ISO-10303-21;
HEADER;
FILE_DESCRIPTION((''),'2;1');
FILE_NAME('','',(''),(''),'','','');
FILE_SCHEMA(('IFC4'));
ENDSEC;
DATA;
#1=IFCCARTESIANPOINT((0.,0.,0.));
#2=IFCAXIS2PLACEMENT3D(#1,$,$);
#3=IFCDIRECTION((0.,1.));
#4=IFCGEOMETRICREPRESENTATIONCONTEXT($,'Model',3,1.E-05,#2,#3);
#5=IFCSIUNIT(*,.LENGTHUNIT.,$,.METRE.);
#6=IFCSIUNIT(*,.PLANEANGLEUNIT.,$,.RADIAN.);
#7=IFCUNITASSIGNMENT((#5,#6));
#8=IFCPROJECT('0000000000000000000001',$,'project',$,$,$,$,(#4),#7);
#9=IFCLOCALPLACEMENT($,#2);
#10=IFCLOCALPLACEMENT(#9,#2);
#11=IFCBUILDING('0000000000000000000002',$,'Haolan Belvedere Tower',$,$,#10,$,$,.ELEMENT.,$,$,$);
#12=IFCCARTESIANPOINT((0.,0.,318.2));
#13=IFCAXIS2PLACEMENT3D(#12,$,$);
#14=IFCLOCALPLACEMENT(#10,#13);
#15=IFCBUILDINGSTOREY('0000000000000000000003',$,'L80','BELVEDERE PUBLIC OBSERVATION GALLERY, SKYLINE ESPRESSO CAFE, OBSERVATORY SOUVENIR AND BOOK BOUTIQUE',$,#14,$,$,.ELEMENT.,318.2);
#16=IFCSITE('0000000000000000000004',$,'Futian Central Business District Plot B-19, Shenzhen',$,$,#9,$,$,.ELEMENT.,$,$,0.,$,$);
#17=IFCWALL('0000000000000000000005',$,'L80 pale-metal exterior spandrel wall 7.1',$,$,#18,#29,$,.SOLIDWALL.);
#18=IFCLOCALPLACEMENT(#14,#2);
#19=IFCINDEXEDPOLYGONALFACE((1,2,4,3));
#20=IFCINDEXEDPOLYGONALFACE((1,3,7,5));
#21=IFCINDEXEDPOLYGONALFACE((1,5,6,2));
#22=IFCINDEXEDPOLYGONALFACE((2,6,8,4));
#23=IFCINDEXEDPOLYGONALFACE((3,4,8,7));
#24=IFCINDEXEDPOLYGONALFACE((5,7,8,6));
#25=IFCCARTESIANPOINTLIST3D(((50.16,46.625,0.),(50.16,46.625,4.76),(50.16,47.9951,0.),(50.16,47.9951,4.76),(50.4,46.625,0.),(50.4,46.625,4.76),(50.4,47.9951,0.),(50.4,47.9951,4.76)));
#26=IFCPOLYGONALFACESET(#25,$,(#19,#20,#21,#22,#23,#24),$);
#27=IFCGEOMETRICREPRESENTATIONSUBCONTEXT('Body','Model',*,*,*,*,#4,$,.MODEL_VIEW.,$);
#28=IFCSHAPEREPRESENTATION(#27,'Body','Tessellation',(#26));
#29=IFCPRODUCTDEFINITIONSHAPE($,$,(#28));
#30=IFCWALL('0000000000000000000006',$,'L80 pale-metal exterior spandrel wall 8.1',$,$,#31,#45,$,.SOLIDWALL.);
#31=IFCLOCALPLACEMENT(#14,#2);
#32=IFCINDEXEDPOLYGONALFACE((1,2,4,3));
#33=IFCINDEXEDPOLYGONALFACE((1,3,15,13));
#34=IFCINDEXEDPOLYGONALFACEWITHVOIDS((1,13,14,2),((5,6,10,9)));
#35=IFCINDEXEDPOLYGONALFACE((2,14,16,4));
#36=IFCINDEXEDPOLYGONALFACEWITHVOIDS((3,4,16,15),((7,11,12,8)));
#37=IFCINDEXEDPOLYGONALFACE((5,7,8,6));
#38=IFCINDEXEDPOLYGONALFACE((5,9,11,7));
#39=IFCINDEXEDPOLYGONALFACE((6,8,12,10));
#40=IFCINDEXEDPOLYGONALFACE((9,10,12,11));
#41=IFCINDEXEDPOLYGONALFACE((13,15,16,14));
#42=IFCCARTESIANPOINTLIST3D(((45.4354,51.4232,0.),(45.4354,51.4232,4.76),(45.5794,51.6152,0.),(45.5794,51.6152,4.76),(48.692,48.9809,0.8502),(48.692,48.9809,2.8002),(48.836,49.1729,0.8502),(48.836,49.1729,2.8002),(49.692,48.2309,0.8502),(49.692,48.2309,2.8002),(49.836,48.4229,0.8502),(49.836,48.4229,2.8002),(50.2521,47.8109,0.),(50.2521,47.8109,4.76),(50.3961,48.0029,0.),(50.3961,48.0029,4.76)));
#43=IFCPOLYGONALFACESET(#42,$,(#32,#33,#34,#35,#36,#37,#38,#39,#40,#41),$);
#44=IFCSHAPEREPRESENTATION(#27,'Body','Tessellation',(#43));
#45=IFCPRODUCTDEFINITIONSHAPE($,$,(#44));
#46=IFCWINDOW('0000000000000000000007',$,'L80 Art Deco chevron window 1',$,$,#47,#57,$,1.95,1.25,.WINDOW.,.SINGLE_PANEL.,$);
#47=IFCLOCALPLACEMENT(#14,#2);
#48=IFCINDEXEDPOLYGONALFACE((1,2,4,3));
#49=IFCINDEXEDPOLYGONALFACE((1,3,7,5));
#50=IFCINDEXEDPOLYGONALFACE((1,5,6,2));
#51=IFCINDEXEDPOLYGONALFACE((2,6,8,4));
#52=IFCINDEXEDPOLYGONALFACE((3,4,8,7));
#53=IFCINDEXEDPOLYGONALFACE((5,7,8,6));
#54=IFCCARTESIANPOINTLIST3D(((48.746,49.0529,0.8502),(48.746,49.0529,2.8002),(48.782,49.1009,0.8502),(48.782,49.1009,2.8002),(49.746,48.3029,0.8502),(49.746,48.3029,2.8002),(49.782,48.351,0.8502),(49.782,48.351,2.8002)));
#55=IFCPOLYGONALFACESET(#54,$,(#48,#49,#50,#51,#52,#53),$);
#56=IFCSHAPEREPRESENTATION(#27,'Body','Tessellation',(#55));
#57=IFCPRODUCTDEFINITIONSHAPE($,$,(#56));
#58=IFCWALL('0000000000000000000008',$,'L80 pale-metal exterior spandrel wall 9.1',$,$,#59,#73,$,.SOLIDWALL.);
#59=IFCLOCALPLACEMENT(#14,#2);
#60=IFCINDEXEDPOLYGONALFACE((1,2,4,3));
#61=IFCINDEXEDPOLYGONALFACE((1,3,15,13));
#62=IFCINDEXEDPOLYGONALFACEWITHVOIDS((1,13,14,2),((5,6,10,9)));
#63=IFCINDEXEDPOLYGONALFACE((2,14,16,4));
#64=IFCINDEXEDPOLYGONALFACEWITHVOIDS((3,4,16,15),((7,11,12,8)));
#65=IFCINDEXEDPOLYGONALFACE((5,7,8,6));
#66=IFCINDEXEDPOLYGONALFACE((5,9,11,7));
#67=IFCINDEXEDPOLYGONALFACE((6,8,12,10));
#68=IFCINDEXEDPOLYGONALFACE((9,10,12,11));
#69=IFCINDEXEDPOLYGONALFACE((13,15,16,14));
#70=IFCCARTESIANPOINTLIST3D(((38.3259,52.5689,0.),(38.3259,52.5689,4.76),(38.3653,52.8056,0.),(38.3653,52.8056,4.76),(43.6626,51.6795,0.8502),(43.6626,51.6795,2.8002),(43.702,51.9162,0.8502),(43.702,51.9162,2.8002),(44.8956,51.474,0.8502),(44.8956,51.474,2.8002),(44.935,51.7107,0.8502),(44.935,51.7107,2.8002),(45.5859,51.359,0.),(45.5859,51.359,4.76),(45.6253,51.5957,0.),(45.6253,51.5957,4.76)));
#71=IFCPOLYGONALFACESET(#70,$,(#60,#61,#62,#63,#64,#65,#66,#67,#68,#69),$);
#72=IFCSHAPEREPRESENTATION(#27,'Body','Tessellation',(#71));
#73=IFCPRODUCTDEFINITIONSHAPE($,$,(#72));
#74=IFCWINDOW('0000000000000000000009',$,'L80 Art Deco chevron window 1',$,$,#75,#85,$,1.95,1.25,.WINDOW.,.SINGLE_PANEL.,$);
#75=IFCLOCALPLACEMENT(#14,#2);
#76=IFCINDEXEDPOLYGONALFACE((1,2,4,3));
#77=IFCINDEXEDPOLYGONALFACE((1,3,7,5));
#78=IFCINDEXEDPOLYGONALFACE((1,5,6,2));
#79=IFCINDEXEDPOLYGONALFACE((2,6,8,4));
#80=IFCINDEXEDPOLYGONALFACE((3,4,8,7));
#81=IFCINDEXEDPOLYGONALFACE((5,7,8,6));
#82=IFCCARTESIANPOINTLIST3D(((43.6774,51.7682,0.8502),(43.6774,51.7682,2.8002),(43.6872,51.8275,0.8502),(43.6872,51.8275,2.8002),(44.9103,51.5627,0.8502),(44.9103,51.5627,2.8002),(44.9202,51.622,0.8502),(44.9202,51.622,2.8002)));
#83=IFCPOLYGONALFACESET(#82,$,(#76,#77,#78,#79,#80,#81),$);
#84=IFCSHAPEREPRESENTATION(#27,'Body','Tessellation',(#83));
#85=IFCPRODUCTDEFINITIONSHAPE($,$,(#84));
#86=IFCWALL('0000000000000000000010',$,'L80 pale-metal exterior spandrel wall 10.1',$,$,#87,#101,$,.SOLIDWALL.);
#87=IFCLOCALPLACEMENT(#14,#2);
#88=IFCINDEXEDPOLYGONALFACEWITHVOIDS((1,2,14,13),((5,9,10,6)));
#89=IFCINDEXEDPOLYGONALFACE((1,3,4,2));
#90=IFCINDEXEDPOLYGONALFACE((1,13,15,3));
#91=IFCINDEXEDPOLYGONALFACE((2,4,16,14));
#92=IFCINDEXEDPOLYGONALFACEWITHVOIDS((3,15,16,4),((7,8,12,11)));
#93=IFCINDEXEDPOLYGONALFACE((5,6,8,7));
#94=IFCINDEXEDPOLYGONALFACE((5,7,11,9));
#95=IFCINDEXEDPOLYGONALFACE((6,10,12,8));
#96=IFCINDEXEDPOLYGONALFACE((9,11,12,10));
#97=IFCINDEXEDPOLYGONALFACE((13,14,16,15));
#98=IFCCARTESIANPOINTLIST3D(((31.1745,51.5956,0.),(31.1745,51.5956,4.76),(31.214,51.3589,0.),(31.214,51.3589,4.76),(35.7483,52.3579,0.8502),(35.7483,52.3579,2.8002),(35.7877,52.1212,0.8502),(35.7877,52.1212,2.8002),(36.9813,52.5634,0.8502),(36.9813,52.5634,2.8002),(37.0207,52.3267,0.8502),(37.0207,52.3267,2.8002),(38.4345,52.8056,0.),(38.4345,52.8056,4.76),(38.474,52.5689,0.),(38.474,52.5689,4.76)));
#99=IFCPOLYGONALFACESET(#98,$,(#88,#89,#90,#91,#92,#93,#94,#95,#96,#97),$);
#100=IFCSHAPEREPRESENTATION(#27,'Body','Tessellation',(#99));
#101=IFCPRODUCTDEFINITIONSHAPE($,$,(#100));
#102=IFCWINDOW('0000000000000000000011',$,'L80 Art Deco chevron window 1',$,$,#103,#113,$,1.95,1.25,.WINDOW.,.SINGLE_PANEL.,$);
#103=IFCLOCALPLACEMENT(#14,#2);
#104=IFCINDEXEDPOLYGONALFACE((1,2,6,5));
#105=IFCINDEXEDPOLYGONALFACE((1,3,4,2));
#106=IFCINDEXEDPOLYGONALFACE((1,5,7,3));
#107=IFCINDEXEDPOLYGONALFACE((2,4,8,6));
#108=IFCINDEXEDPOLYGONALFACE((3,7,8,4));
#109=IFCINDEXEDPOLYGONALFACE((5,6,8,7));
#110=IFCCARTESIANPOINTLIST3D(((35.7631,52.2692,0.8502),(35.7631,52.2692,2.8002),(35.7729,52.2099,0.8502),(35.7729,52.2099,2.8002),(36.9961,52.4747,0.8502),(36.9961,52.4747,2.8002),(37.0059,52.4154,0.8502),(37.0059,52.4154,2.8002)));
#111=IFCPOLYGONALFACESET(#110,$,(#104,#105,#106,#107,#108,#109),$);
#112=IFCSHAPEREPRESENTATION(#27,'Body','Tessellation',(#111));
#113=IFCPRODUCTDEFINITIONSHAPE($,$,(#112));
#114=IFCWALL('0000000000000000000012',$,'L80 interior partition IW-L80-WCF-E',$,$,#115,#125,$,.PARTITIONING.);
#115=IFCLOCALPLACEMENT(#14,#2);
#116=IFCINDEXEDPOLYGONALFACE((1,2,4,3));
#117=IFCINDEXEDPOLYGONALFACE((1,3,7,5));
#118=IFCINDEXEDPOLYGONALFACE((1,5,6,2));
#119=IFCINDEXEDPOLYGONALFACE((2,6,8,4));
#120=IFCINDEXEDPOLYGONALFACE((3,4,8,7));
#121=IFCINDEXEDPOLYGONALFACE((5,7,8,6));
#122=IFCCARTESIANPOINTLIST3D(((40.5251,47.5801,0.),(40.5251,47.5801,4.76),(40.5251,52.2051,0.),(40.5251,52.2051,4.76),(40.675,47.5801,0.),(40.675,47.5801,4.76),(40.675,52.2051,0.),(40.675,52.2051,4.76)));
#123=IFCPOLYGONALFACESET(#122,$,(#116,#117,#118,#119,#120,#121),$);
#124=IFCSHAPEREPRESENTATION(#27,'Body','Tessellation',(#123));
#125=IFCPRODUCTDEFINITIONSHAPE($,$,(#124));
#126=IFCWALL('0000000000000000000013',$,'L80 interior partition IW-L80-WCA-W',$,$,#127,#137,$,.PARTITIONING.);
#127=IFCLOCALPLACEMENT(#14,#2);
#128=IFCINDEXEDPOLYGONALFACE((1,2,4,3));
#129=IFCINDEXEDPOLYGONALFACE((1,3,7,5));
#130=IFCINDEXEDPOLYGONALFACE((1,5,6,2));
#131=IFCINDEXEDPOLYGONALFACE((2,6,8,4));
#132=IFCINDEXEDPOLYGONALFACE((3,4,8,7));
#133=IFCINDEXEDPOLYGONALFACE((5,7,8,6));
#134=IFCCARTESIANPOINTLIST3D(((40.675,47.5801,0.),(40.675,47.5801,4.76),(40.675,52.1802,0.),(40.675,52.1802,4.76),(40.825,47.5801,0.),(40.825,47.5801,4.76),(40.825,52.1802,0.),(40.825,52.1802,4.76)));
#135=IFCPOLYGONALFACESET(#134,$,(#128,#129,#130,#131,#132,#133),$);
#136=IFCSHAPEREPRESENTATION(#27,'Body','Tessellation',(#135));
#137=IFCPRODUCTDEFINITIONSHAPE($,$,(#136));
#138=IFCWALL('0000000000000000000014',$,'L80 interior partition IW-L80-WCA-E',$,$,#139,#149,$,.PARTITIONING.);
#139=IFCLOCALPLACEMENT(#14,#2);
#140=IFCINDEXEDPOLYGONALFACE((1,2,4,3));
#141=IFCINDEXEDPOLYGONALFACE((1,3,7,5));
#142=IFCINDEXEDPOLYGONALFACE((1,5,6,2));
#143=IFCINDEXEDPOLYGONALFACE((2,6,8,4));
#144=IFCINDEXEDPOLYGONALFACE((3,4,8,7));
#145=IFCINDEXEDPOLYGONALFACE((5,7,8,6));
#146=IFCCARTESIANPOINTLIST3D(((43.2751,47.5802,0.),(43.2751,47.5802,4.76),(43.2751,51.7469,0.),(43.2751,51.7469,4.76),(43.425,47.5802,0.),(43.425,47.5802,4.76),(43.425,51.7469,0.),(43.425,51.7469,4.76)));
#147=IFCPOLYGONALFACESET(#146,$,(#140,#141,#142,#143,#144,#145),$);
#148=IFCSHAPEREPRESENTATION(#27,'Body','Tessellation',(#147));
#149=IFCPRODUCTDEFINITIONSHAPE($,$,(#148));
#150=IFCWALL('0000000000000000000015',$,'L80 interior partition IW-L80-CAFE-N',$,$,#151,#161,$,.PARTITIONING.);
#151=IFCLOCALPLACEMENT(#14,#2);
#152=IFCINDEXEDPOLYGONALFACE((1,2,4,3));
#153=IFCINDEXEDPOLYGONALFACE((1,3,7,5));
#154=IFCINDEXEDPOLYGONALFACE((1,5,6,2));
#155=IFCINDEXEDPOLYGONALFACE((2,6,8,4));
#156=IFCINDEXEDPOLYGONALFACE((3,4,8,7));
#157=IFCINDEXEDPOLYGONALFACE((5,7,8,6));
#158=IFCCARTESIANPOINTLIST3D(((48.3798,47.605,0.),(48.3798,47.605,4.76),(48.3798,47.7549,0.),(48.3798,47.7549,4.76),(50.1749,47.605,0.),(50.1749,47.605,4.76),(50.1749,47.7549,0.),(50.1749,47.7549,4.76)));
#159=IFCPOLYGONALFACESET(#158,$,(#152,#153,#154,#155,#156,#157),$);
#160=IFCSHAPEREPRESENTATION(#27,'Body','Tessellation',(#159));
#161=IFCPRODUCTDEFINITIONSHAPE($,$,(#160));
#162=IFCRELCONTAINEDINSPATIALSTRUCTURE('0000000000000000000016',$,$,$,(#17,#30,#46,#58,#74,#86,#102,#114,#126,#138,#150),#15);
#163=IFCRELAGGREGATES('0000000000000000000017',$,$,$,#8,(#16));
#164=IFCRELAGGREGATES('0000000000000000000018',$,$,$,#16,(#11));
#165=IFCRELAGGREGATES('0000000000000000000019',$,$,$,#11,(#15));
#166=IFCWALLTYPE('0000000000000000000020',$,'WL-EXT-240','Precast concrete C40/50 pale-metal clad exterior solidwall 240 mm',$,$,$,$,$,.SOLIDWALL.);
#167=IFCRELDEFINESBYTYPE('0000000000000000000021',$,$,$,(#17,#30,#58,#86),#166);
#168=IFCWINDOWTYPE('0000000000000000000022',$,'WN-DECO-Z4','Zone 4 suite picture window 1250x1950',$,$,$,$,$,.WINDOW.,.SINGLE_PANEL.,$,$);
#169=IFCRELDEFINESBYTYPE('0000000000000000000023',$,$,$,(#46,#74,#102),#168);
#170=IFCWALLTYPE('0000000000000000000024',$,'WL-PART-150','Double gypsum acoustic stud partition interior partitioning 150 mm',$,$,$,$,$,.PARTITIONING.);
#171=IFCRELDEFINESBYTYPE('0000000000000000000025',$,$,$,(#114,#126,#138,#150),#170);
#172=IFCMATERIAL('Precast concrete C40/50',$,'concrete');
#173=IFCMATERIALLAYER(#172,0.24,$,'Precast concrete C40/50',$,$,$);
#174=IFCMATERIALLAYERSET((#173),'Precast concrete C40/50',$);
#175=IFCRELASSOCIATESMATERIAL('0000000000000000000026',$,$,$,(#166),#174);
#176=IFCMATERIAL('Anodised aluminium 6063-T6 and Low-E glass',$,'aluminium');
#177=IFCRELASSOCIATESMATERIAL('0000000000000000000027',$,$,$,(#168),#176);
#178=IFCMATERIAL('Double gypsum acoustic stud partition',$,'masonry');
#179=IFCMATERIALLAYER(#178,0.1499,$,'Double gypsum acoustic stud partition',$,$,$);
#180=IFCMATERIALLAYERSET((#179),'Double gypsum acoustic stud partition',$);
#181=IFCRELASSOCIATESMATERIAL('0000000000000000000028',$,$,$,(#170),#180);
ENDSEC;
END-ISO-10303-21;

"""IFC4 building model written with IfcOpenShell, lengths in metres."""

from ifc_helpers import new_model, si_unit, direction, frame, frame_2d, origin, place, context, subcontext, project, spatial, rectangle, extrude, material, layer, layer_set, type_object, element, fill, save


model = new_model("IFC4")

# Units and contexts
model_context = context("Model", 3, precision=1e-05, world=origin(), true_north=direction((0.0, 1.0)))
body_context = subcontext(model_context, "Body", "Model", "MODEL_VIEW")
ifc_project = project(units=[si_unit("LENGTHUNIT", "METRE"), si_unit("PLANEANGLEUNIT", "RADIAN")], contexts=[model_context])

# Site, building, storey
site_placement = place(None, origin())
site = spatial("IfcSite", under=ifc_project, at=site_placement, Name="Futian Central Business District Plot B-19, Shenzhen", CompositionType="ELEMENT", RefElevation=0.0)
building_placement = place(site_placement, origin())
building = spatial("IfcBuilding", under=site, at=building_placement, Name="Haolan Belvedere Tower", CompositionType="ELEMENT")
storey_placement = place(building_placement, frame((0.0, 0.0, 318.2)))
storey = spatial("IfcBuildingStorey", under=building, at=storey_placement, Name="L80", Description="BELVEDERE PUBLIC OBSERVATION GALLERY, SKYLINE ESPRESSO CAFE, OBSERVATORY SOUVENIR AND BOOK BOUTIQUE", CompositionType="ELEMENT", Elevation=318.2)

# Wall
ifc_material_1 = material(Name="Precast concrete C40/50", Category="concrete")
ifc_layer_1 = layer(ifc_material_1, 0.24, Name="Precast concrete C40/50")
ifc_layer_set_1 = layer_set([ifc_layer_1], Name="Precast concrete C40/50")
wall_type_1 = type_object("IfcWallType", Name="WL-EXT-240", Description="Precast concrete C40/50 pale-metal clad exterior solidwall 240 mm", PredefinedType="SOLIDWALL", material=ifc_layer_set_1)
wall_1_placement = place(storey_placement, frame((50.28, 46.625, 0.0), z_axis=(0.0, 0.0, 1.0), x_axis=(0.0, 1.0, 0.0)))
element("IfcWall", 1, at=wall_1_placement, inside=storey, type_object=wall_type_1, Name="L80 pale-metal exterior spandrel wall 7.1", PredefinedType="SOLIDWALL", context=body_context, shape_type="SweptSolid", body=[
    extrude(rectangle(XDim=1.3701, YDim=0.24, at=frame_2d((0.6851, 0.0))), origin(), (0.0, 0.0, 1.0), 4.76),
])

# Walls, openings, windows
wall_2_placement = place(storey_placement, frame((50.324, 47.907, 0.0), z_axis=(0.0, 0.0, 1.0), x_axis=(-0.800015, 0.599981, 0.0)))
wall_2 = element("IfcWall", 2, at=wall_2_placement, inside=storey, type_object=wall_type_1, Name="L80 pale-metal exterior spandrel wall 8.1", PredefinedType="SOLIDWALL", context=body_context, shape_type="SweptSolid", body=[
    extrude(rectangle(XDim=6.0208, YDim=0.24, at=frame_2d((3.0103, 0.0))), origin(), (0.0, 0.0, 1.0), 4.76),
])
opening_1_placement = place(wall_2_placement, frame((0.7, 0.0, 0.8501)))
opening_1 = element("IfcOpeningElement", 3, at=opening_1_placement, cuts=wall_2, PredefinedType="OPENING", context=body_context, shape_type="SweptSolid", body=[
    extrude(rectangle(XDim=1.25, YDim=1.95, at=frame_2d((0.625, 0.9751))), frame((0.0, 0.1299, 0.0), z_axis=(0.0, -1.0, 0.0), x_axis=(1.0, 0.0, 0.0)), (0.0, 0.0, 1.0), 0.26),
])
ifc_material_2 = material(Name="Anodised aluminium 6063-T6 and Low-E glass", Category="aluminium")
window_type = type_object("IfcWindowType", Name="WN-DECO-Z4", Description="Zone 4 suite picture window 1250x1950", PartitioningType="SINGLE_PANEL", PredefinedType="WINDOW", material=ifc_material_2)
window_1_placement = place(opening_1_placement, origin())
window_1 = element("IfcWindow", 4, at=window_1_placement, inside=storey, type_object=window_type, Name="L80 Art Deco chevron window 1", OverallHeight=1.95, OverallWidth=1.25, PartitioningType="SINGLE_PANEL", PredefinedType="WINDOW", context=body_context, shape_type="SweptSolid", body=[
    extrude(rectangle(XDim=1.25, YDim=1.95, at=frame_2d((0.625, 0.9751))), frame((0.0, 0.03, 0.0), z_axis=(0.0, -1.0, 0.0), x_axis=(1.0, 0.0, 0.0)), (0.0, 0.0, 1.0), 0.0601),
])
fill(opening_1, window_1)
wall_3_placement = place(storey_placement, frame((45.6057, 51.4773, 0.0), z_axis=(0.0, 0.0, 1.0), x_axis=(-0.986395, 0.164394, 0.0)))
wall_3 = element("IfcWall", 5, at=wall_3_placement, inside=storey, type_object=wall_type_1, Name="L80 pale-metal exterior spandrel wall 9.1", PredefinedType="SOLIDWALL", context=body_context, shape_type="SweptSolid", body=[
    extrude(rectangle(XDim=7.3601, YDim=0.24, at=frame_2d((3.6802, 0.0))), origin(), (0.0, 0.0, 1.0), 4.76),
])
opening_2_placement = place(wall_3_placement, frame((0.7, 0.0, 0.8501)))
opening_2 = element("IfcOpeningElement", 6, at=opening_2_placement, cuts=wall_3, PredefinedType="OPENING", context=body_context, shape_type="SweptSolid", body=[
    extrude(rectangle(XDim=1.25, YDim=1.95, at=frame_2d((0.625, 0.9751))), frame((0.0, 0.1299, 0.0), z_axis=(0.0, -1.0, 0.0), x_axis=(1.0, 0.0, 0.0)), (0.0, 0.0, 1.0), 0.26),
])
window_2_placement = place(opening_2_placement, origin())
window_2 = element("IfcWindow", 7, at=window_2_placement, inside=storey, type_object=window_type, Name="L80 Art Deco chevron window 1", OverallHeight=1.95, OverallWidth=1.25, PartitioningType="SINGLE_PANEL", PredefinedType="WINDOW", context=body_context, shape_type="SweptSolid", body=[
    extrude(rectangle(XDim=1.25, YDim=1.95, at=frame_2d((0.625, 0.9751))), frame((0.0, 0.03, 0.0), z_axis=(0.0, -1.0, 0.0), x_axis=(1.0, 0.0, 0.0)), (0.0, 0.0, 1.0), 0.0601),
])
fill(opening_2, window_2)
wall_4_placement = place(storey_placement, frame((38.4543, 52.6873, 0.0), z_axis=(0.0, 0.0, 1.0), x_axis=(-0.986395, -0.164394, 0.0)))
wall_4 = element("IfcWall", 8, at=wall_4_placement, inside=storey, type_object=wall_type_1, Name="L80 pale-metal exterior spandrel wall 10.1", PredefinedType="SOLIDWALL", context=body_context, shape_type="SweptSolid", body=[
    extrude(rectangle(XDim=7.3601, YDim=0.24, at=frame_2d((3.6802, 0.0))), origin(), (0.0, 0.0, 1.0), 4.76),
])
opening_3_placement = place(wall_4_placement, frame((1.4734, 0.0, 0.8501)))
opening_3 = element("IfcOpeningElement", 9, at=opening_3_placement, cuts=wall_4, PredefinedType="OPENING", context=body_context, shape_type="SweptSolid", body=[
    extrude(rectangle(XDim=1.25, YDim=1.95, at=frame_2d((0.625, 0.9751))), frame((0.0, 0.1299, 0.0), z_axis=(0.0, -1.0, 0.0), x_axis=(1.0, 0.0, 0.0)), (0.0, 0.0, 1.0), 0.26),
])
window_3_placement = place(opening_3_placement, origin())
window_3 = element("IfcWindow", 10, at=window_3_placement, inside=storey, type_object=window_type, Name="L80 Art Deco chevron window 1", OverallHeight=1.95, OverallWidth=1.25, PartitioningType="SINGLE_PANEL", PredefinedType="WINDOW", context=body_context, shape_type="SweptSolid", body=[
    extrude(rectangle(XDim=1.25, YDim=1.95, at=frame_2d((0.625, 0.9751))), frame((0.0, 0.03, 0.0), z_axis=(0.0, -1.0, 0.0), x_axis=(1.0, 0.0, 0.0)), (0.0, 0.0, 1.0), 0.0601),
])
fill(opening_3, window_3)

# Wall
ifc_material_3 = material(Name="Double gypsum acoustic stud partition", Category="masonry")
ifc_layer_2 = layer(ifc_material_3, 0.1499, Name="Double gypsum acoustic stud partition")
ifc_layer_set_2 = layer_set([ifc_layer_2], Name="Double gypsum acoustic stud partition")
wall_type_2 = type_object("IfcWallType", Name="WL-PART-150", Description="Double gypsum acoustic stud partition interior partitioning 150 mm", PredefinedType="PARTITIONING", material=ifc_layer_set_2)
wall_5_placement = place(storey_placement, frame((40.6001, 47.5801, 0.0), z_axis=(0.0, 0.0, 1.0), x_axis=(0.0, 1.0, 0.0)))
element("IfcWall", 11, at=wall_5_placement, inside=storey, type_object=wall_type_2, Name="L80 interior partition IW-L80-WCF-E", PredefinedType="PARTITIONING", context=body_context, shape_type="SweptSolid", body=[
    extrude(rectangle(XDim=4.625, YDim=0.1499, at=frame_2d((2.3125, 0.0))), origin(), (0.0, 0.0, 1.0), 4.76),
])

# Walls
wall_6_placement = place(storey_placement, frame((40.75, 47.5801, 0.0), z_axis=(0.0, 0.0, 1.0), x_axis=(0.0, 1.0, 0.0)))
element("IfcWall", 12, at=wall_6_placement, inside=storey, type_object=wall_type_2, Name="L80 interior partition IW-L80-WCA-W", PredefinedType="PARTITIONING", context=body_context, shape_type="SweptSolid", body=[
    extrude(rectangle(XDim=4.6001, YDim=0.1499, at=frame_2d((2.3, 0.0))), origin(), (0.0, 0.0, 1.0), 4.76),
])
wall_7_placement = place(storey_placement, frame((43.3501, 47.5801, 0.0), z_axis=(0.0, 0.0, 1.0), x_axis=(0.0, 1.0, 0.0)))
element("IfcWall", 13, at=wall_7_placement, inside=storey, type_object=wall_type_2, Name="L80 interior partition IW-L80-WCA-E", PredefinedType="PARTITIONING", context=body_context, shape_type="SweptSolid", body=[
    extrude(rectangle(XDim=4.1667, YDim=0.1499, at=frame_2d((2.0835, 0.0))), origin(), (0.0, 0.0, 1.0), 4.76),
])
wall_8_placement = place(storey_placement, frame((48.3799, 47.6799, 0.0), z_axis=(0.0, 0.0, 1.0), x_axis=(1.0, 0.0, 0.0)))
element("IfcWall", 14, at=wall_8_placement, inside=storey, type_object=wall_type_2, Name="L80 interior partition IW-L80-CAFE-N", PredefinedType="PARTITIONING", context=body_context, shape_type="SweptSolid", body=[
    extrude(rectangle(XDim=1.7952, YDim=0.1499, at=frame_2d((0.8975, 0.0))), origin(), (0.0, 0.0, 1.0), 4.76),
])

save(model, "model.ifc")
